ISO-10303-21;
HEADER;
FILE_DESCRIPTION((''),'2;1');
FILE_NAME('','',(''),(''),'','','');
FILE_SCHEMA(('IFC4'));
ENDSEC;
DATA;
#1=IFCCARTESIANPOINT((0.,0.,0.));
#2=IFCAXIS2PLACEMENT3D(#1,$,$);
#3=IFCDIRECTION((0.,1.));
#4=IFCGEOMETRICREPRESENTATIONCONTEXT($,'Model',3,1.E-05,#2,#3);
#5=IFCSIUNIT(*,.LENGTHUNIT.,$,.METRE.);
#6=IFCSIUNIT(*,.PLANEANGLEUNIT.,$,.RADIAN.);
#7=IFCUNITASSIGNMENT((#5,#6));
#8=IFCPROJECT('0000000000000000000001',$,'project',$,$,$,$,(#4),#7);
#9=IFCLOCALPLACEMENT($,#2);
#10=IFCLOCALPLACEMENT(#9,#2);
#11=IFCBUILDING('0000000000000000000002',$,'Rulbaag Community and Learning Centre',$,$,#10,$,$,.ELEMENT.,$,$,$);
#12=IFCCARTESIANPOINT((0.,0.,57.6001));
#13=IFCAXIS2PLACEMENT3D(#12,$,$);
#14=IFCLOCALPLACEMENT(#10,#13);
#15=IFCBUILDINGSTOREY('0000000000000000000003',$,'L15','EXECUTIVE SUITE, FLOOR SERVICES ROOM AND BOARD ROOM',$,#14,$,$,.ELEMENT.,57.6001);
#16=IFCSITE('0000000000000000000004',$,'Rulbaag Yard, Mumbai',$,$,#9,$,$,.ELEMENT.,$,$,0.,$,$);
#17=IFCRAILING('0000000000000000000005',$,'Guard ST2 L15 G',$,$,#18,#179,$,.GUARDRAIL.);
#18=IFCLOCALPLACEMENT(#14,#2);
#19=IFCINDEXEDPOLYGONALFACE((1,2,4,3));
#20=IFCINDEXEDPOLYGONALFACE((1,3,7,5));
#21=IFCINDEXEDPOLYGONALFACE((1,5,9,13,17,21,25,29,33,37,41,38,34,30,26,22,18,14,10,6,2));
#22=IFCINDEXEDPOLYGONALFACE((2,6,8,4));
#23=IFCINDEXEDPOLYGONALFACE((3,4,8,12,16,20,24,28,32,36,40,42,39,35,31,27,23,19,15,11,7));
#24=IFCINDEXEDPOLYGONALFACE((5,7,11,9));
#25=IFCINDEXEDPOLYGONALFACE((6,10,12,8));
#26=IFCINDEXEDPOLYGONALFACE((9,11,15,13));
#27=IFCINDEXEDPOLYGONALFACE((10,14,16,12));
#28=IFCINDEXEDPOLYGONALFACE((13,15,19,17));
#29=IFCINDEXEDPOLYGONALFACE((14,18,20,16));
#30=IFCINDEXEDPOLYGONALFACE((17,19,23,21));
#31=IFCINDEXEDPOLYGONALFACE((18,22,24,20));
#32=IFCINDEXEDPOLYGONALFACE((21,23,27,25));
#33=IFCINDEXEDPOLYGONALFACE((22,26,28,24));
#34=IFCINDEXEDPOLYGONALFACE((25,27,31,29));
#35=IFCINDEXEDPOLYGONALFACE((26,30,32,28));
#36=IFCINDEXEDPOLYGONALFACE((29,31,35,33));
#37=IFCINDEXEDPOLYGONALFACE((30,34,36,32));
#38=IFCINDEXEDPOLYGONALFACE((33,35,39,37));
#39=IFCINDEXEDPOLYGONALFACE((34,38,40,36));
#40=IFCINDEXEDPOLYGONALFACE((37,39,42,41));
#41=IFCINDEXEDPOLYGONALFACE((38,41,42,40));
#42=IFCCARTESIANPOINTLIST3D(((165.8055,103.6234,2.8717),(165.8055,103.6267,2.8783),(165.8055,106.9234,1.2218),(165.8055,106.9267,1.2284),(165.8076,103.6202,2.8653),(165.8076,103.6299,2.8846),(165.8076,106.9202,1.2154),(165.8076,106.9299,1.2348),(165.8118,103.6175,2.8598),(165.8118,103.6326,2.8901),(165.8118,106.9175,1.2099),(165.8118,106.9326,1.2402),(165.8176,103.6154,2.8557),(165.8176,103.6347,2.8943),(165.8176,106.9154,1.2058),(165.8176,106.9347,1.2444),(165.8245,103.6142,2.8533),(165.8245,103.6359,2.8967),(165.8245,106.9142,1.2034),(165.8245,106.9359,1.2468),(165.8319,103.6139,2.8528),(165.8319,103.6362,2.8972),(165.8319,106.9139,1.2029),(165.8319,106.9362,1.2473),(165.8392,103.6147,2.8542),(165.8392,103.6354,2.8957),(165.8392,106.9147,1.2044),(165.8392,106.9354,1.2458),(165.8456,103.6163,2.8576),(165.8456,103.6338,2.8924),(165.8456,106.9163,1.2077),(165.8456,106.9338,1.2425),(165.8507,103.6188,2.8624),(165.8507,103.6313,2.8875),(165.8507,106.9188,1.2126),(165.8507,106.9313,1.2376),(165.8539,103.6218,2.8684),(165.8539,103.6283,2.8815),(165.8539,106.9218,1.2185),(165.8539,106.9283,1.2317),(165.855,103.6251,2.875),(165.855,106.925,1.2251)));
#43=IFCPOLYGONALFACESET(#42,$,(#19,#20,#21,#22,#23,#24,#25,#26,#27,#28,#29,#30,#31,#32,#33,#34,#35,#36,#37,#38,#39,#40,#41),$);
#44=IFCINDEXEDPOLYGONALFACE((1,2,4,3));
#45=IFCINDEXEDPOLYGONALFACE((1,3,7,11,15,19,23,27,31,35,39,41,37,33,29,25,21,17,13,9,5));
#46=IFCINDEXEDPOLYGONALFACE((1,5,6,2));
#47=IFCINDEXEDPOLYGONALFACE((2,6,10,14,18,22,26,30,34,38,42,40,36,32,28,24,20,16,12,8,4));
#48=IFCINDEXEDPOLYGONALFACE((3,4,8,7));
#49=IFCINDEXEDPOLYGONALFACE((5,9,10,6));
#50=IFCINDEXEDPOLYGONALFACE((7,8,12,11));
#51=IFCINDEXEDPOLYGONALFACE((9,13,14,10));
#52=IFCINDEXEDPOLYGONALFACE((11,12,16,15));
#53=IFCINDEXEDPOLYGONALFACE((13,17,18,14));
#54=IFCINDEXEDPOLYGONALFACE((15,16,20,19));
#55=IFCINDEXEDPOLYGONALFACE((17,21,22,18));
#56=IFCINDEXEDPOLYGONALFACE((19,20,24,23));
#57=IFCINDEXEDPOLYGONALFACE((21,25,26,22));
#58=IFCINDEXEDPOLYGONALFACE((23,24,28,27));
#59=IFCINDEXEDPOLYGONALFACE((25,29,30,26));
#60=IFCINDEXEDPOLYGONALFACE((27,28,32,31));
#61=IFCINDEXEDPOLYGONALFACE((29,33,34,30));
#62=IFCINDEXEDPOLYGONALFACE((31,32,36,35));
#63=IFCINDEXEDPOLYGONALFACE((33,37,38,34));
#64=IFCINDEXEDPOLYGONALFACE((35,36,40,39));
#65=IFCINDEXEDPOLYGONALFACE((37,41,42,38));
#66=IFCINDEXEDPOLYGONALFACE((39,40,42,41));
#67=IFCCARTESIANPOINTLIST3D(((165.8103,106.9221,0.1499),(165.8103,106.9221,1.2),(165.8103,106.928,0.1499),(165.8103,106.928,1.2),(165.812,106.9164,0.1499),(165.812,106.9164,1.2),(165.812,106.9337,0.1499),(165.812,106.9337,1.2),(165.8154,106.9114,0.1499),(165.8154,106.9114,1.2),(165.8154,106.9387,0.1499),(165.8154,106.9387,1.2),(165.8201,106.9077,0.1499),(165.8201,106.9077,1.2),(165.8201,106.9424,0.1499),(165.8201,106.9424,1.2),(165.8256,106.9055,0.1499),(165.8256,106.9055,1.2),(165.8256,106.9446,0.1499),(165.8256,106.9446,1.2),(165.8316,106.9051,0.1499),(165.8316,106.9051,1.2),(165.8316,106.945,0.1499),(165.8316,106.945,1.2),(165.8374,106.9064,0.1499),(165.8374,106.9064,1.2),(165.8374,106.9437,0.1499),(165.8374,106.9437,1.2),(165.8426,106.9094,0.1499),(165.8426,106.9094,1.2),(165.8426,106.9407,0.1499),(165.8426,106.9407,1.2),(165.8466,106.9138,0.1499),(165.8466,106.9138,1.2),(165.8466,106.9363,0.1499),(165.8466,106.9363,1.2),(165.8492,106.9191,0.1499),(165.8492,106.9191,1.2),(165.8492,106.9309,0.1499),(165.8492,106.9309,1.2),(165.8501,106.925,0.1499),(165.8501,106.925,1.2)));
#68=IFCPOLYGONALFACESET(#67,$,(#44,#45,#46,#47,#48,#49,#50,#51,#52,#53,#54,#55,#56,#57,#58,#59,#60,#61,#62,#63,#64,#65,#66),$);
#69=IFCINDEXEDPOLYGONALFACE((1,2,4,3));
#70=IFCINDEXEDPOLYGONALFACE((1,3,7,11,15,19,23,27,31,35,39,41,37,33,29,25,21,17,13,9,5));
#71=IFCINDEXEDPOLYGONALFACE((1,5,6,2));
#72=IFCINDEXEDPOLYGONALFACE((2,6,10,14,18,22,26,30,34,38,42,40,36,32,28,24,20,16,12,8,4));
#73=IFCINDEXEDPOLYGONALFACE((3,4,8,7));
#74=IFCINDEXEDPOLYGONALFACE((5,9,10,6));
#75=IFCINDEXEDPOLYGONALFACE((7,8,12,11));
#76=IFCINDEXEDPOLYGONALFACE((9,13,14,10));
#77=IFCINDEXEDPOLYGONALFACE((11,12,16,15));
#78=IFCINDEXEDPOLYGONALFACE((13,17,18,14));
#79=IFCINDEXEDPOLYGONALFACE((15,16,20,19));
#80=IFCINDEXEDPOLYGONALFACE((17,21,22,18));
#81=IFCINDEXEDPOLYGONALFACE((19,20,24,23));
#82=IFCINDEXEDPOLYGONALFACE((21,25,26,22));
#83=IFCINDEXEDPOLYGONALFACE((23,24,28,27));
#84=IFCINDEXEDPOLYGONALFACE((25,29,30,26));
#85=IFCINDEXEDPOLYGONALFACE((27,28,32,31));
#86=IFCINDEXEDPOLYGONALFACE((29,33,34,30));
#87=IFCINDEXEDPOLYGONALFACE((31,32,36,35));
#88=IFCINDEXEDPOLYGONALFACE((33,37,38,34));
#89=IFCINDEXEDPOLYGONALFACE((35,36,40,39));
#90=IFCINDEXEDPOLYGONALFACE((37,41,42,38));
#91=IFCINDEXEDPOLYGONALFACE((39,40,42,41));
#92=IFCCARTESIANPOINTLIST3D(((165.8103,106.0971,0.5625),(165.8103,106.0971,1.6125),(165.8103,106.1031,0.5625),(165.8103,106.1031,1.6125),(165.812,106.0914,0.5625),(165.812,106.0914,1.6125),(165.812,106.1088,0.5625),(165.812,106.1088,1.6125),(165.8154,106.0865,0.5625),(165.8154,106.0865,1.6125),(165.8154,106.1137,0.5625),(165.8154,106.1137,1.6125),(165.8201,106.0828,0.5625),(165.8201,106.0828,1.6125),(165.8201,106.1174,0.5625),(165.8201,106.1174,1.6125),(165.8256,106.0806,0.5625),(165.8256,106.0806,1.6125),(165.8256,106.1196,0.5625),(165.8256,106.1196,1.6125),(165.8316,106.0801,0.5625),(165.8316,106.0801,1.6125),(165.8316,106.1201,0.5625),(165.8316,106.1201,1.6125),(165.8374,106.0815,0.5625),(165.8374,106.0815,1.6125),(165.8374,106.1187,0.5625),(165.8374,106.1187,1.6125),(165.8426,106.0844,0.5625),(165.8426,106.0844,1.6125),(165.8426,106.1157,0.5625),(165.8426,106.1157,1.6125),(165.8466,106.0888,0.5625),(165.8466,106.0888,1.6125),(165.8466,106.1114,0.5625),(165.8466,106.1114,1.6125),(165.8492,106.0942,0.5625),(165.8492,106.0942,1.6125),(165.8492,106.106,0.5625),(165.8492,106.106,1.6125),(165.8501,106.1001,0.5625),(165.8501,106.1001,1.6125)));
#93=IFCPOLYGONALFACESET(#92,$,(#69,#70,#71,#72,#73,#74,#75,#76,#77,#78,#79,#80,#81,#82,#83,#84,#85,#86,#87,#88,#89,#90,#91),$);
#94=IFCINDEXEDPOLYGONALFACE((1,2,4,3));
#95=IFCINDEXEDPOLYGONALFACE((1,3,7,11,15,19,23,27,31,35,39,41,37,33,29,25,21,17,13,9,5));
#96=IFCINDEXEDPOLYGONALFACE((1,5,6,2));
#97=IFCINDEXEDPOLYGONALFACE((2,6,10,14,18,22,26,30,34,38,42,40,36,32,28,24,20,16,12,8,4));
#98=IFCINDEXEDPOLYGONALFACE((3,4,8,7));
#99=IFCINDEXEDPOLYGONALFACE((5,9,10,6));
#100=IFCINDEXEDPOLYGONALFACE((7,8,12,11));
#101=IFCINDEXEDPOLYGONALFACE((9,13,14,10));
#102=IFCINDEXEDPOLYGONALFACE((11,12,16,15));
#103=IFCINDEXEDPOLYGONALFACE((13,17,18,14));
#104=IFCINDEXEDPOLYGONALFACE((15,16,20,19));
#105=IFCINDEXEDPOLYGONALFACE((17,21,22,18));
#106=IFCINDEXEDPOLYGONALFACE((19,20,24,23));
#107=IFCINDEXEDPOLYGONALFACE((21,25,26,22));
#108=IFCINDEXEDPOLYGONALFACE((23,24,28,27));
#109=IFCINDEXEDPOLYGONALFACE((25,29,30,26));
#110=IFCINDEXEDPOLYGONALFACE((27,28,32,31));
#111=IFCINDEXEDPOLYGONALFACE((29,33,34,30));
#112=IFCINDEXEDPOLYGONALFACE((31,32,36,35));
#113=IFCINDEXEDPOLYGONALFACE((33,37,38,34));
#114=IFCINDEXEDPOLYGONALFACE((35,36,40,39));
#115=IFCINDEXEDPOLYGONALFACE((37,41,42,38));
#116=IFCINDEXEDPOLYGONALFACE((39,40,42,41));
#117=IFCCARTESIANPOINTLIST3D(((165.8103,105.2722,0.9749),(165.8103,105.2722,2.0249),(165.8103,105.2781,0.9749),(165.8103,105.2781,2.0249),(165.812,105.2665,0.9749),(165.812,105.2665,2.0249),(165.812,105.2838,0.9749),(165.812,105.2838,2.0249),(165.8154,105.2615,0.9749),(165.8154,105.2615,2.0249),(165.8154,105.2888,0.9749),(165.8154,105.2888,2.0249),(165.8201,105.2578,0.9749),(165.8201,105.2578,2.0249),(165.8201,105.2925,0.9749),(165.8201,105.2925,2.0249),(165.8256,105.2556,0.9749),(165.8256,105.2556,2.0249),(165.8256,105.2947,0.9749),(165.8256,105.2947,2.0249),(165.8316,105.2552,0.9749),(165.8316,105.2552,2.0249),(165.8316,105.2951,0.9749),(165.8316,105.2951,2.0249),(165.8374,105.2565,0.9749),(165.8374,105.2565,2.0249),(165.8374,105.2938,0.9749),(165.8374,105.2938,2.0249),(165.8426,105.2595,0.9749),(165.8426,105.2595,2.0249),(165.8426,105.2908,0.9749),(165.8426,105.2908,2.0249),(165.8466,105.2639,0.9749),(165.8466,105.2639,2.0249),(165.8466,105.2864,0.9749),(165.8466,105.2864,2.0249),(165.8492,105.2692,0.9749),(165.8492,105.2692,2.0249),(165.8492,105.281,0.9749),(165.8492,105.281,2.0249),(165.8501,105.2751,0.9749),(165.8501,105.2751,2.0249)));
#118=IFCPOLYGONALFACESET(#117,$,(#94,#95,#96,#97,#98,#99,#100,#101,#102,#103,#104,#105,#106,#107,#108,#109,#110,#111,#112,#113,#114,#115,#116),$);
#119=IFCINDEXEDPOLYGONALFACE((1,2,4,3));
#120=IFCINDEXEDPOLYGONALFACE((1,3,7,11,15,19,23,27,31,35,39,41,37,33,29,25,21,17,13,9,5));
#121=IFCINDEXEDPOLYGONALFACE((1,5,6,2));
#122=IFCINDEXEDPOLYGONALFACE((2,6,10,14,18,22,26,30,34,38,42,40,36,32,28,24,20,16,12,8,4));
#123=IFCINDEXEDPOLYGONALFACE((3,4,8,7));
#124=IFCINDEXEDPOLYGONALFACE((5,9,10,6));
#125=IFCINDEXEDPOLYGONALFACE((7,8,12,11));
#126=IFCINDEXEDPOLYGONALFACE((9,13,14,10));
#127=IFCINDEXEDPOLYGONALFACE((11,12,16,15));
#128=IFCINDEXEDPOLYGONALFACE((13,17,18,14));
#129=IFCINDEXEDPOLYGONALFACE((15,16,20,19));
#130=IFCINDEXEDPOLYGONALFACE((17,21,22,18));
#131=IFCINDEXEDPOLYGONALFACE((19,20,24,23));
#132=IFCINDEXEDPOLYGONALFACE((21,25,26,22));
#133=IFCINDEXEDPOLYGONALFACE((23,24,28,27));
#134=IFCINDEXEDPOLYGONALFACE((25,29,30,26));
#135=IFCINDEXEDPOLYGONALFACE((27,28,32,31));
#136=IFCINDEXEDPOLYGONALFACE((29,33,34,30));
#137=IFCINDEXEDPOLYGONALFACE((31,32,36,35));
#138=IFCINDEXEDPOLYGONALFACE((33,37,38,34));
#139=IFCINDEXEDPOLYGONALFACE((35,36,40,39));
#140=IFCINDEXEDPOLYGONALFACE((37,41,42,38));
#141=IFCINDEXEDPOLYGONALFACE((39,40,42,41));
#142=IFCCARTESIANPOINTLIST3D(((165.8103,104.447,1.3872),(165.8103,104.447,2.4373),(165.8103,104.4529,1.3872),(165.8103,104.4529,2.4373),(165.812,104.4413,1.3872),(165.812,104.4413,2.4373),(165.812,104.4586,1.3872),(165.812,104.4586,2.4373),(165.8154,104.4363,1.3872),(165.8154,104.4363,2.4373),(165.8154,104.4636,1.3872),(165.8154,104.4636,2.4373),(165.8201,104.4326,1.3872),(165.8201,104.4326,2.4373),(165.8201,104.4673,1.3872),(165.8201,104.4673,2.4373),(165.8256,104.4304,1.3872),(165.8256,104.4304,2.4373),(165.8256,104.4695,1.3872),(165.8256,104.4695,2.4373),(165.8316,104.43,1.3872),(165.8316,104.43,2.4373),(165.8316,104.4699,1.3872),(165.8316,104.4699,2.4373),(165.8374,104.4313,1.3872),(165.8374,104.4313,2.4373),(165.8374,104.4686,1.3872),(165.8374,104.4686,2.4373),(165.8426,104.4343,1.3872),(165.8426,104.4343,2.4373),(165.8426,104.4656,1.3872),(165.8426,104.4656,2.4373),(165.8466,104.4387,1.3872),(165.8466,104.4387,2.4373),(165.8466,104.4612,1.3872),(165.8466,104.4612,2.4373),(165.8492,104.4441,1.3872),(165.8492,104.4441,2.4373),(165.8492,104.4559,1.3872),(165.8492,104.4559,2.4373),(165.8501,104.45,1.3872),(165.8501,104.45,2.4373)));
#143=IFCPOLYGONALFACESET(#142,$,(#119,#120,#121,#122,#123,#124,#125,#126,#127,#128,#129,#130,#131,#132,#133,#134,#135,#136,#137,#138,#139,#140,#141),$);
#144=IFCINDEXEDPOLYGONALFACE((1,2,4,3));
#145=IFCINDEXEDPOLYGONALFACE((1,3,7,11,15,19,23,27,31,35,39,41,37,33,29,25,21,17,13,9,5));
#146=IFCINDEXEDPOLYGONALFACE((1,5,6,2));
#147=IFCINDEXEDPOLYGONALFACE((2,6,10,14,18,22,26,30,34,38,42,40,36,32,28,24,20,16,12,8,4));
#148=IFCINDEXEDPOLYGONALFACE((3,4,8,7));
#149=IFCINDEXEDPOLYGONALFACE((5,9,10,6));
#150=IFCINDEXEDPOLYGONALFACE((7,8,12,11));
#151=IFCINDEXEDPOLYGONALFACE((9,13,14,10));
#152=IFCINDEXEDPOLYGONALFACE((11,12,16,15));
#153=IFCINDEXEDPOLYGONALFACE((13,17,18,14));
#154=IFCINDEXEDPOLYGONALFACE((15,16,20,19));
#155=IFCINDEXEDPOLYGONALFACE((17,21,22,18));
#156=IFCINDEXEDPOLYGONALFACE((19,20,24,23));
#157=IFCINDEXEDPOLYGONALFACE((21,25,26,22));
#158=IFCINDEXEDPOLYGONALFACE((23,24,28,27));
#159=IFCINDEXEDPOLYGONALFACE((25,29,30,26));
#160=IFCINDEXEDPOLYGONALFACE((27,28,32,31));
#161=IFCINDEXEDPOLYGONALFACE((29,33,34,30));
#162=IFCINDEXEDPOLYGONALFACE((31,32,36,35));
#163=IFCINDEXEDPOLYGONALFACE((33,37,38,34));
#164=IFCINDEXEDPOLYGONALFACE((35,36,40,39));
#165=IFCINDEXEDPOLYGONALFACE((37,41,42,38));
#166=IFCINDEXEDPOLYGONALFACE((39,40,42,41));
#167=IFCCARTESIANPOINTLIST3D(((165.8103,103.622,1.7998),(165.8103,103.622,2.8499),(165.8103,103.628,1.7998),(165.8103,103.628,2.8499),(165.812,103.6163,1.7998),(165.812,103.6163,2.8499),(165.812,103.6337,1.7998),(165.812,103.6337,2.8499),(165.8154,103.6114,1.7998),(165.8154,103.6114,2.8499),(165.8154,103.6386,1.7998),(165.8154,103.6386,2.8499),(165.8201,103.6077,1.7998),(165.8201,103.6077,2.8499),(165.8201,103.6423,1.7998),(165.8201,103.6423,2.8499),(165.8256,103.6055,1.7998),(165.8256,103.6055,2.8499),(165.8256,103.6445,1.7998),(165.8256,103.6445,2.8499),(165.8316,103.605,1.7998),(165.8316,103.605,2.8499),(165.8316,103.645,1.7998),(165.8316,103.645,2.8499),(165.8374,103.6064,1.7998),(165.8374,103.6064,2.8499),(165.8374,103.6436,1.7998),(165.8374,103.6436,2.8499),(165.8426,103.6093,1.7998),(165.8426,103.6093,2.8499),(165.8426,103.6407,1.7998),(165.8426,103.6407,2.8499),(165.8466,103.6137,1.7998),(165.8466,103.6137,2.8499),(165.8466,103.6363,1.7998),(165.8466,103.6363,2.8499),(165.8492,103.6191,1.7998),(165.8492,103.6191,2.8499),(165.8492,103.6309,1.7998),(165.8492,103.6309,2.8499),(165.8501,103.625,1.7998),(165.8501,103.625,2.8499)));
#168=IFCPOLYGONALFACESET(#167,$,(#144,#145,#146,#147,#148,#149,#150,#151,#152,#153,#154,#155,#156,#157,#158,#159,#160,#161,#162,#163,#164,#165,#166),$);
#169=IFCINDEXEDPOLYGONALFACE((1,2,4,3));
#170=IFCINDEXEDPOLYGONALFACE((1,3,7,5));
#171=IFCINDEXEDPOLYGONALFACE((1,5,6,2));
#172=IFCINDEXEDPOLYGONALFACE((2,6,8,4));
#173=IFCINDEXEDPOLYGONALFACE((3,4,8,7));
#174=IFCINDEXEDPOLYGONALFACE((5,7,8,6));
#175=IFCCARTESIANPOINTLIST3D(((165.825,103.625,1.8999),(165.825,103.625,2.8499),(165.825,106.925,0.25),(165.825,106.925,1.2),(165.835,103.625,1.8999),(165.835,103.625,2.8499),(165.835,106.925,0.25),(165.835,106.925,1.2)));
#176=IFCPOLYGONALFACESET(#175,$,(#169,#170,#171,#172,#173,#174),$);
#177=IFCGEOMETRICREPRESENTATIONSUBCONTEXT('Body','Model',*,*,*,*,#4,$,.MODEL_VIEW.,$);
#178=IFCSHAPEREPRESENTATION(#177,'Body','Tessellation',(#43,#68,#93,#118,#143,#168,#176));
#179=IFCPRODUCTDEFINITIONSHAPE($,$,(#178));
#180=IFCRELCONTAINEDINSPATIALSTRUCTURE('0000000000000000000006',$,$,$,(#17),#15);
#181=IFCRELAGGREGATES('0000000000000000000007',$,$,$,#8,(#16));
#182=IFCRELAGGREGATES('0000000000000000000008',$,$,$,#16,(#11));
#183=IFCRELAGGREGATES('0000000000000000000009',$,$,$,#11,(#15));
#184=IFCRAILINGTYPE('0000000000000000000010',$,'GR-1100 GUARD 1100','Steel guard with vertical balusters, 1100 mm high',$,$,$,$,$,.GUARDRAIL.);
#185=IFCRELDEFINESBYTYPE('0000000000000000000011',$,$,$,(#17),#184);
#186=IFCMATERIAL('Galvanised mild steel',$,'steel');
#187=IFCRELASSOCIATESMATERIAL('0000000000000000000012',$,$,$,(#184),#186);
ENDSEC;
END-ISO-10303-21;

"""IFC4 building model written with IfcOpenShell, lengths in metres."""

from ifc_helpers import new_model, si_unit, direction, frame, origin, origin_2d, place, context, subcontext, project, spatial, polyline, circle, outline, extrude, material, type_object, element, save


model = new_model("IFC4")

# Units and contexts
model_context = context("Model", 3, precision=1e-05, world=origin(), true_north=direction((0.0, 1.0)))
body_context = subcontext(model_context, "Body", "Model", "MODEL_VIEW")
ifc_project = project(units=[si_unit("LENGTHUNIT", "METRE"), si_unit("PLANEANGLEUNIT", "RADIAN")], contexts=[model_context])

# Site, building, storey
site_placement = place(None, origin())
site = spatial("IfcSite", under=ifc_project, at=site_placement, Name="Rulbaag Yard, Mumbai", CompositionType="ELEMENT", RefElevation=0.0)
building_placement = place(site_placement, origin())
building = spatial("IfcBuilding", under=site, at=building_placement, Name="Rulbaag Community and Learning Centre", CompositionType="ELEMENT")
storey_placement = place(building_placement, frame((0.0, 0.0, 57.6001)))
storey = spatial("IfcBuildingStorey", under=building, at=storey_placement, Name="L15", Description="EXECUTIVE SUITE, FLOOR SERVICES ROOM AND BOARD ROOM", CompositionType="ELEMENT", Elevation=57.6001)

# Railing
ifc_material_1 = material(Name="Galvanised mild steel", Category="steel")
railing_type_1 = type_object("IfcRailingType", Name="GR-1100 GUARD 1100", Description="Steel guard with vertical balusters, 1100 mm high", PredefinedType="GUARDRAIL", material=ifc_material_1)
railing_1_placement = place(storey_placement, frame((165.8301, 106.925, 0.1499)))
element("IfcRailing", 1, at=railing_1_placement, inside=storey, type_object=railing_type_1, Name="Guard ST2 L15 G", PredefinedType="GUARDRAIL", context=body_context, shape_type="SweptSolid", body=[
    extrude(circle(Radius=0.0249, at=origin_2d()), frame((0.0, 0.0, 1.0752), z_axis=(0.0, -0.89444, 0.447187), x_axis=(1.0, 0.0, 0.0)), (0.0, 0.0, 1.0), 3.6895),
    extrude(circle(Radius=0.02, at=origin_2d()), origin(), (0.0, 0.0, 1.0), 1.05),
    extrude(circle(Radius=0.02, at=origin_2d()), frame((0.0, -0.825, 0.4126)), (0.0, 0.0, 1.0), 1.05),
    extrude(circle(Radius=0.02, at=origin_2d()), frame((0.0, -1.6499, 0.825)), (0.0, 0.0, 1.0), 1.05),
    extrude(circle(Radius=0.02, at=origin_2d()), frame((0.0, -2.4751, 1.2373)), (0.0, 0.0, 1.0), 1.05),
    extrude(circle(Radius=0.02, at=origin_2d()), frame((0.0, -3.3, 1.6499)), (0.0, 0.0, 1.0), 1.05),
    extrude(outline(polyline([(0.0, 0.0), (3.3, 1.6499), (3.3, 2.5999), (0.0, 0.95), (0.0, 0.0)])), frame((0.0049, 0.0, 0.1001), z_axis=(-1.0, 0.0, 0.0), x_axis=(0.0, -1.0, 0.0)), (0.0, 0.0, 1.0), 0.01),
])

save(model, "model.ifc")
